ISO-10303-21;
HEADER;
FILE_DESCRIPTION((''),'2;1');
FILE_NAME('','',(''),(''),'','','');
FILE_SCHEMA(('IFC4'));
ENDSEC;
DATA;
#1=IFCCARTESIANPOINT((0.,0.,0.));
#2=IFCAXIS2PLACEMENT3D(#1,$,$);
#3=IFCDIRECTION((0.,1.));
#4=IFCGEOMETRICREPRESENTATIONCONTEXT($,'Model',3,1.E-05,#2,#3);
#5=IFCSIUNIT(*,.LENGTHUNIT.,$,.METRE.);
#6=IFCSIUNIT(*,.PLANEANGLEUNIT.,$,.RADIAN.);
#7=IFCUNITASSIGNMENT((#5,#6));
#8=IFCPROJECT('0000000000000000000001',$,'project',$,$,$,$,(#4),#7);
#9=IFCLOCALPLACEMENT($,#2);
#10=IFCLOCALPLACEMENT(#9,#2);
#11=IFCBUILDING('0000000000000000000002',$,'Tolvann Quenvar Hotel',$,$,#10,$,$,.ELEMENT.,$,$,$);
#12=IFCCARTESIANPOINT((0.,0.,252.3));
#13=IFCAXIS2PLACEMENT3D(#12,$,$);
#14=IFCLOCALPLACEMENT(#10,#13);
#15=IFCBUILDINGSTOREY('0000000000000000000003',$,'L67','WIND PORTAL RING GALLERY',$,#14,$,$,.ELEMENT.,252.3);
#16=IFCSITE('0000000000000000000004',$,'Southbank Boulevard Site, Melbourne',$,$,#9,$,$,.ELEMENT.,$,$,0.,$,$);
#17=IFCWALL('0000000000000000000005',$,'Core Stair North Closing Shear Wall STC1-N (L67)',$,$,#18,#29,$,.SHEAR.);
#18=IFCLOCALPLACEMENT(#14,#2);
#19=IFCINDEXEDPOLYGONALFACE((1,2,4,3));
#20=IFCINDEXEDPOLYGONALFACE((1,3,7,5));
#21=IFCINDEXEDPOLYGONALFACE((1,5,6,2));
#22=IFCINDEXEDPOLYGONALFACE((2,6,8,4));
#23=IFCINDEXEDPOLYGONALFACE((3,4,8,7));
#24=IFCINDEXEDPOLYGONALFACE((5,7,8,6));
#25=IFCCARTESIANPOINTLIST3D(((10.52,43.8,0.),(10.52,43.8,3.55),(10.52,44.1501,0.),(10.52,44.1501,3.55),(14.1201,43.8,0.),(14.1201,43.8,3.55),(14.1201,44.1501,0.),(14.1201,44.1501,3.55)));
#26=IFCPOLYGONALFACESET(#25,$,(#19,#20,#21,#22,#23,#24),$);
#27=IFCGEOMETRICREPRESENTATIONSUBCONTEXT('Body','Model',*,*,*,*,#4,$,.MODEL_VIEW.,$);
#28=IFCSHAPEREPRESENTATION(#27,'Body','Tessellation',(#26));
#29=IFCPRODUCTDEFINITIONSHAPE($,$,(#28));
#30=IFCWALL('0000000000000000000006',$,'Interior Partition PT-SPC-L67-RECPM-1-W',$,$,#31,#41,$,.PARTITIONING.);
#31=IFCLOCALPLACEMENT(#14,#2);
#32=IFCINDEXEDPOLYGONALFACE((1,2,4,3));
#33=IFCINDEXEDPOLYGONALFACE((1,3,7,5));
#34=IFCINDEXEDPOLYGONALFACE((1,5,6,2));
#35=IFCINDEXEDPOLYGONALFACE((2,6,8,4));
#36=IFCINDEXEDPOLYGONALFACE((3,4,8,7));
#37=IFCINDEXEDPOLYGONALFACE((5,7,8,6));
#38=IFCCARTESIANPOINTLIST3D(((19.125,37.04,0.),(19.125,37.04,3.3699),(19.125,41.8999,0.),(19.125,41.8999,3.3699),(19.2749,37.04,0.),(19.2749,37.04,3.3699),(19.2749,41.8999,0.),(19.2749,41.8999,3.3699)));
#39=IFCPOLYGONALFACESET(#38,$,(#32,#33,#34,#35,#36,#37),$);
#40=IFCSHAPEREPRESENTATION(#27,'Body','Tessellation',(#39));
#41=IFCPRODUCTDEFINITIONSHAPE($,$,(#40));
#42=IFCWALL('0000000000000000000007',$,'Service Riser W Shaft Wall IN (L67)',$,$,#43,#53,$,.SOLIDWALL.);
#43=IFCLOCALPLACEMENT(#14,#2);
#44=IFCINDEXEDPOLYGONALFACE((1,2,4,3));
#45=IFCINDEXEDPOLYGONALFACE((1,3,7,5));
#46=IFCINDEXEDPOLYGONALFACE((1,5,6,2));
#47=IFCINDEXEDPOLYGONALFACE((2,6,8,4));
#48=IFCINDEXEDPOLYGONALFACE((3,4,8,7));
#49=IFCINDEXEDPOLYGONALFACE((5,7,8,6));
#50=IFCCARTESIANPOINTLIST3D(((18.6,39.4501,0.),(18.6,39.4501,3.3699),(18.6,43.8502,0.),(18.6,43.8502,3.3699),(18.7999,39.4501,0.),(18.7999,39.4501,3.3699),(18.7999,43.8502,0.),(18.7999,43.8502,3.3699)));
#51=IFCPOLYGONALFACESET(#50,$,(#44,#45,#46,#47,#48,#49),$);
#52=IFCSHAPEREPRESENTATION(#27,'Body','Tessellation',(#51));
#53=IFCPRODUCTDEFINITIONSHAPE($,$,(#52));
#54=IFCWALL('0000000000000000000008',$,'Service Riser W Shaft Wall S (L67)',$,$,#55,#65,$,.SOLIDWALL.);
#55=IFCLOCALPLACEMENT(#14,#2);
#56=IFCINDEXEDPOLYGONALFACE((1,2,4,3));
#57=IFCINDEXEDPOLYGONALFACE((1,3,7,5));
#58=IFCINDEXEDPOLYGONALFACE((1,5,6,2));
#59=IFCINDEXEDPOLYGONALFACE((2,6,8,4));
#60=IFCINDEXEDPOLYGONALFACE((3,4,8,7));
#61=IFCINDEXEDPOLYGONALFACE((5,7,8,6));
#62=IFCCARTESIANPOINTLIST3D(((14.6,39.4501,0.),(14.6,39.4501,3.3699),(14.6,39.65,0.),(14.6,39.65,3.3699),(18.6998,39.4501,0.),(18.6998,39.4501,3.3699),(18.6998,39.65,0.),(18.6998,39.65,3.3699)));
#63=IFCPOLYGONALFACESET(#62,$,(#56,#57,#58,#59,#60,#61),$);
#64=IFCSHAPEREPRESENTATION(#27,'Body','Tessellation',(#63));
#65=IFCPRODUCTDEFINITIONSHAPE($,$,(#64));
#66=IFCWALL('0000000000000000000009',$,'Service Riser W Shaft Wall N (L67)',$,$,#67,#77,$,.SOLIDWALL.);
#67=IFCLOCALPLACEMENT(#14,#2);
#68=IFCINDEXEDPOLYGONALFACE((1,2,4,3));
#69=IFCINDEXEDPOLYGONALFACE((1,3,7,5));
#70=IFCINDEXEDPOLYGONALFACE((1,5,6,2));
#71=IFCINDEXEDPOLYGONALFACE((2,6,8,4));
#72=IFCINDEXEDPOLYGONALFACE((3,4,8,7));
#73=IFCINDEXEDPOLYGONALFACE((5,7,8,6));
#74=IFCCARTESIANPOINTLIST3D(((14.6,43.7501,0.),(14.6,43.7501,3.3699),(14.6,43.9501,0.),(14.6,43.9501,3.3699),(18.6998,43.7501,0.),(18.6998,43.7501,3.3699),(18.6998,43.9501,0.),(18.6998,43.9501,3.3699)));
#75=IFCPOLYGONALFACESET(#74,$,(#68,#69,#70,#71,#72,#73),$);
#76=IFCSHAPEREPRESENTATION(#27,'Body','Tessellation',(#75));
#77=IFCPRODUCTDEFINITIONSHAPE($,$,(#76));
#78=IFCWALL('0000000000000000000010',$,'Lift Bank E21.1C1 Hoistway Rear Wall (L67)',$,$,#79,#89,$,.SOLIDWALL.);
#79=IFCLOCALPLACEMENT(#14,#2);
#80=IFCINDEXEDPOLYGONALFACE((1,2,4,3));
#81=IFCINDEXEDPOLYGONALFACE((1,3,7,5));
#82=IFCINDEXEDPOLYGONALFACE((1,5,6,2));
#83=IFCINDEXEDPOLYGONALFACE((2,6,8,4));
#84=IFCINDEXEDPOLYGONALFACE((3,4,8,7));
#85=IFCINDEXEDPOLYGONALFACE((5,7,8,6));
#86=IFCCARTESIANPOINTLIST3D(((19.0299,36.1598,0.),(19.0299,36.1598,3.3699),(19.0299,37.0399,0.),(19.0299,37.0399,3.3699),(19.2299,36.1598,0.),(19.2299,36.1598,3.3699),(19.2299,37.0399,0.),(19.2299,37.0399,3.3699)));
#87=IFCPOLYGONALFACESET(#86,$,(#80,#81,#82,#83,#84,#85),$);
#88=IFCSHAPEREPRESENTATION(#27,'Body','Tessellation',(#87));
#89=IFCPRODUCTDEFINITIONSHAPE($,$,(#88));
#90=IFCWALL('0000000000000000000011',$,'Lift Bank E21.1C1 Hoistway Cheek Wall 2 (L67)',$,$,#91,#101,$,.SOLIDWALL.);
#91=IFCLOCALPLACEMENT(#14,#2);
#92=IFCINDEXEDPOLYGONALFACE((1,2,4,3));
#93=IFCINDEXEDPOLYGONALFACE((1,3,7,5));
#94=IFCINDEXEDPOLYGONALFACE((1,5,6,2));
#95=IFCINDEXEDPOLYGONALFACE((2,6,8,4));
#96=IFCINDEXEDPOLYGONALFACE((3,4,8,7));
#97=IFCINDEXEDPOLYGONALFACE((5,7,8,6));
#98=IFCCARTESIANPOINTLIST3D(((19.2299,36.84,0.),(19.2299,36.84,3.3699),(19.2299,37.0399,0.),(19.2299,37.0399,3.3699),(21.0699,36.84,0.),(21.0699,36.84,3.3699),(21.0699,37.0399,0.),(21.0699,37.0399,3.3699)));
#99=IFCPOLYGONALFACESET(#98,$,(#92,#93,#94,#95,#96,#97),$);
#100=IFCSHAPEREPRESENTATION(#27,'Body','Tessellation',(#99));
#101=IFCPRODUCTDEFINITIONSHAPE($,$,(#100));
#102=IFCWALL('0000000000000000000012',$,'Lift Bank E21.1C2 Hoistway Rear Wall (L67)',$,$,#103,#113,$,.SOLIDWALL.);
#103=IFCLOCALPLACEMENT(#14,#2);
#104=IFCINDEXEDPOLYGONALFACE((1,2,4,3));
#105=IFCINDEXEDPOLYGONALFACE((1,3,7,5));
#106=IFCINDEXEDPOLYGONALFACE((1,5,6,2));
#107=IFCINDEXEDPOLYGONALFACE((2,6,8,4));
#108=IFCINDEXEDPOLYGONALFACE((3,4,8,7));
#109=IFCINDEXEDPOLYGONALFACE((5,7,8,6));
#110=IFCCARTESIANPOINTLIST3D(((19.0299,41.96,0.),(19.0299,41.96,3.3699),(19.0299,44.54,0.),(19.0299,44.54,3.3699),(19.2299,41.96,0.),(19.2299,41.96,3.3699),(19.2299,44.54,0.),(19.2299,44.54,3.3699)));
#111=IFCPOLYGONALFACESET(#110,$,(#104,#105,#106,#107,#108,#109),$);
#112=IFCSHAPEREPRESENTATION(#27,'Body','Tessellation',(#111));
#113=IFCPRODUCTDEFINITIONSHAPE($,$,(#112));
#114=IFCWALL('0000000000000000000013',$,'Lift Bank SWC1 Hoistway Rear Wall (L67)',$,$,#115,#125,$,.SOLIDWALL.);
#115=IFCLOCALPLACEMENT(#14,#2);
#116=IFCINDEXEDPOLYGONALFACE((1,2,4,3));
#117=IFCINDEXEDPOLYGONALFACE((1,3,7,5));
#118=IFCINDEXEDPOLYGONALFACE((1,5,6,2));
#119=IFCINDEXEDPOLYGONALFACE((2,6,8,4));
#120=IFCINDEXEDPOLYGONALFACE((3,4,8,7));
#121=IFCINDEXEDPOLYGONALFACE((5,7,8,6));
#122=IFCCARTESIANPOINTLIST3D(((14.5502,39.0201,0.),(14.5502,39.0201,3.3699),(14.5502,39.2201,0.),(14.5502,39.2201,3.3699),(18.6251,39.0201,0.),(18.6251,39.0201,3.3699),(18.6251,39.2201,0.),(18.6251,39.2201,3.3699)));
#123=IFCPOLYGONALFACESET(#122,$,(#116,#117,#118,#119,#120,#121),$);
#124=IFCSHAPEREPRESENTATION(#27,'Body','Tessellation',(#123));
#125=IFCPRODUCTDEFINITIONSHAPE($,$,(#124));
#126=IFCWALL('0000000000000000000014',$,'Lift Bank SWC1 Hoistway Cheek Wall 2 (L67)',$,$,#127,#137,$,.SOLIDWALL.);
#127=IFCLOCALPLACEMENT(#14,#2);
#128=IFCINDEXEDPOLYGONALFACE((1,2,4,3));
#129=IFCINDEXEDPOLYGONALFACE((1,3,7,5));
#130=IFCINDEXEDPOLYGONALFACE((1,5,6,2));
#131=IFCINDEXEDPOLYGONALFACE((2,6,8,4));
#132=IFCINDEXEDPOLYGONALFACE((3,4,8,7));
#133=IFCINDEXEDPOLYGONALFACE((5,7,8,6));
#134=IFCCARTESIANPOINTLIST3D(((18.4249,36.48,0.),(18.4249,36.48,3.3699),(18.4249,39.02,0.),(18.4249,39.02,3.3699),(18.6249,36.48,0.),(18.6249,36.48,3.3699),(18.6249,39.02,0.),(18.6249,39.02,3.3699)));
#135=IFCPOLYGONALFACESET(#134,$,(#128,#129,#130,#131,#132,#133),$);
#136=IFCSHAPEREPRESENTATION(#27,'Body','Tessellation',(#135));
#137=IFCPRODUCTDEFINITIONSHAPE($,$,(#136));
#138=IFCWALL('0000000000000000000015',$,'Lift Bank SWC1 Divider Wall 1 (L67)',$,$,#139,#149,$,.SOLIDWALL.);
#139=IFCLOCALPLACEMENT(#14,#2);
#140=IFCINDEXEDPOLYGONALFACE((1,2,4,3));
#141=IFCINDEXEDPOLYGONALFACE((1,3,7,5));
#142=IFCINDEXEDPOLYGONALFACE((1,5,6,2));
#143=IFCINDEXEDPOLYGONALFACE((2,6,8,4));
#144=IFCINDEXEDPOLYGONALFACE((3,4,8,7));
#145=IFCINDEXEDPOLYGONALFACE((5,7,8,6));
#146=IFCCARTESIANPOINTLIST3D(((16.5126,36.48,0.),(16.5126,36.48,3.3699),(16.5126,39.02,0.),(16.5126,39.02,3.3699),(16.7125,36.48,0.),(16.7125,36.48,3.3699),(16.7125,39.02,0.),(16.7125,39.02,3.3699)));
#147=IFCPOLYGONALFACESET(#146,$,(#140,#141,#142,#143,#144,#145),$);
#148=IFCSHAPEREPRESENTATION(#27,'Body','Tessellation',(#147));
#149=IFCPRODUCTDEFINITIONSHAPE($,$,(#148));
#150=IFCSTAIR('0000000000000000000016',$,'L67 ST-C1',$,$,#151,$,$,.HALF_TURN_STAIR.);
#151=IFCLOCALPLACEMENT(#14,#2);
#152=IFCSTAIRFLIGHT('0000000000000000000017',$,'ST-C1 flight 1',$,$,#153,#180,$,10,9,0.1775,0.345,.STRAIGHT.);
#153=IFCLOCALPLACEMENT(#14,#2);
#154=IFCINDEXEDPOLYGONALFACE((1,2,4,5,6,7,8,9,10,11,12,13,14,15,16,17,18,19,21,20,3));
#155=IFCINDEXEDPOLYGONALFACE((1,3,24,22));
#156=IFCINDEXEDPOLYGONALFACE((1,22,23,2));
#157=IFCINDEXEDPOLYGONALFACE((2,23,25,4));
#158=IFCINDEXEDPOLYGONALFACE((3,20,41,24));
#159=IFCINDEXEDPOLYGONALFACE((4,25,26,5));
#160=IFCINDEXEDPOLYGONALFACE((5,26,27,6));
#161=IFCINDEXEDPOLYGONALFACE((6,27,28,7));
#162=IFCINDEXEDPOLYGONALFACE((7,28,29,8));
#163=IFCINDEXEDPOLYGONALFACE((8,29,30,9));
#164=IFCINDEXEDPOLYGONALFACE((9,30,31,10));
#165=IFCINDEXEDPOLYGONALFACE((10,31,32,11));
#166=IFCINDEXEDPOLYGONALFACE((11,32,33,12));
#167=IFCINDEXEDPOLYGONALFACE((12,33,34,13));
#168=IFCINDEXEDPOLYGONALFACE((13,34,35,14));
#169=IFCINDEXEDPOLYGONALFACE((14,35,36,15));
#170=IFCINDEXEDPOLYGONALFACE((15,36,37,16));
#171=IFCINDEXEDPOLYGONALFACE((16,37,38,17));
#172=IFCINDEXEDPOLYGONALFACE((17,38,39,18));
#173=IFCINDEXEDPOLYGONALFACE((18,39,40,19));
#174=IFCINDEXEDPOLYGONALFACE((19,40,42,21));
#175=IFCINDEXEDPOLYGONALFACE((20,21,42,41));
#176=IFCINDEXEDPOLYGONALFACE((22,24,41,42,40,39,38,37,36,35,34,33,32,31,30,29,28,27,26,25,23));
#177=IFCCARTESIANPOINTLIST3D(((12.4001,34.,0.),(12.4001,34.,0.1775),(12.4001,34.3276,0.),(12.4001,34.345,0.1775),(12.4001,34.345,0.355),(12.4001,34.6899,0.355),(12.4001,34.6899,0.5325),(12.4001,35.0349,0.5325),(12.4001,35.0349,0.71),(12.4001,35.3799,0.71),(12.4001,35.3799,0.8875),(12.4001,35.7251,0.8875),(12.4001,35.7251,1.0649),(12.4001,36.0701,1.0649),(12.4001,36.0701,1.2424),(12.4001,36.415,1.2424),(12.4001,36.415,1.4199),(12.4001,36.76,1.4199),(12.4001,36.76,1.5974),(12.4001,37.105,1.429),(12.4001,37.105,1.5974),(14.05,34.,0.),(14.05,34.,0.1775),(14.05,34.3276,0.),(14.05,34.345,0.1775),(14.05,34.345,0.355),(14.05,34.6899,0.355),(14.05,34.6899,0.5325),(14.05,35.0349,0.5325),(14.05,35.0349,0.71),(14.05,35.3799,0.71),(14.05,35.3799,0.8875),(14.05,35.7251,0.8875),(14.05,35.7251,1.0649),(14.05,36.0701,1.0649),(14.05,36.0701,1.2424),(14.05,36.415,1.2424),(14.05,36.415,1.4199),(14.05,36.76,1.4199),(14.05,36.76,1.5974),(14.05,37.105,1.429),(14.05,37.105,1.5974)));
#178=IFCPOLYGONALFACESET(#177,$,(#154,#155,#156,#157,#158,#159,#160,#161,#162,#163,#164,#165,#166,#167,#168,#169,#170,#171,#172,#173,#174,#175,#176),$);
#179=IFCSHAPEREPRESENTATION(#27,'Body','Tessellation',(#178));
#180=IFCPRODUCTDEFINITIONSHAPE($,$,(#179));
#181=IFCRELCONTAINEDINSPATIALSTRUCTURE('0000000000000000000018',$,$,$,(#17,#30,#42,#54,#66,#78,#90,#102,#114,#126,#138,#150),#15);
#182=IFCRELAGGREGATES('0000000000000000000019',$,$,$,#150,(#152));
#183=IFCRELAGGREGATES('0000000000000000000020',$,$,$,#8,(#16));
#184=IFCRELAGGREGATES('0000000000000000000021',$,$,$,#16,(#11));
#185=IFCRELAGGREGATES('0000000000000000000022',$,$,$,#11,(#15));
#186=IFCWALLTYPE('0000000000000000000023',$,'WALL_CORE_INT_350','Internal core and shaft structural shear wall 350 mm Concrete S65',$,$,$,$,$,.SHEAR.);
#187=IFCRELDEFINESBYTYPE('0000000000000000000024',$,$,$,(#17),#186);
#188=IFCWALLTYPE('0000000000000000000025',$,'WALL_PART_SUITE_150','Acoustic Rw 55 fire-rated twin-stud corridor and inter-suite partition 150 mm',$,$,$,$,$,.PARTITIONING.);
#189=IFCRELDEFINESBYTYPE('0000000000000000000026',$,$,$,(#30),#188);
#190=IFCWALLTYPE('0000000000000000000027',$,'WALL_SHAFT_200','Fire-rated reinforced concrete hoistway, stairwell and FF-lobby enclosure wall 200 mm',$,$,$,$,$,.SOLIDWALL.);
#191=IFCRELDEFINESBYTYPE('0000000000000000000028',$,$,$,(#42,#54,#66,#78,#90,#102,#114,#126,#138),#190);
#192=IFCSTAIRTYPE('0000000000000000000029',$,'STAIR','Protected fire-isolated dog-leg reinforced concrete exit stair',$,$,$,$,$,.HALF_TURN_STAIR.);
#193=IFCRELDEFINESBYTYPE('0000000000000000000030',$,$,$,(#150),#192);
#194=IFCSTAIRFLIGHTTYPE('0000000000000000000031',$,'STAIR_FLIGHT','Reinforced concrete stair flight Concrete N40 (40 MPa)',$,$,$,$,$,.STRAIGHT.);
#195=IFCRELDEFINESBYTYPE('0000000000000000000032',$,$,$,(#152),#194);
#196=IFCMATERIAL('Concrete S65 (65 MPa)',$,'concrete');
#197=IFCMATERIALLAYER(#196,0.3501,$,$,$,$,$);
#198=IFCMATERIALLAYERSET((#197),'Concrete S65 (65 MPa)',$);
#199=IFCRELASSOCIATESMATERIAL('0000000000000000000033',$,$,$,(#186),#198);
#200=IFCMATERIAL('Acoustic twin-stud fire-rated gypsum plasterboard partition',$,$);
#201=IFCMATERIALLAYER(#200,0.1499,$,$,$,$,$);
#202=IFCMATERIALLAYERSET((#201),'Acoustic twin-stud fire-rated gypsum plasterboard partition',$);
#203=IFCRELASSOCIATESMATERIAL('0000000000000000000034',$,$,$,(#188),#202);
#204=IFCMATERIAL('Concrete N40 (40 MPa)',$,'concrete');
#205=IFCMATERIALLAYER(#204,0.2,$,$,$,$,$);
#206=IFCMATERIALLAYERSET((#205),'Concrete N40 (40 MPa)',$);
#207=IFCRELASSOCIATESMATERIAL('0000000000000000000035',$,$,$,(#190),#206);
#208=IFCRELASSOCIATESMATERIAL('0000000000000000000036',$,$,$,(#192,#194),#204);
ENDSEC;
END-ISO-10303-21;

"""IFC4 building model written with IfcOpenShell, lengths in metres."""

from ifc_helpers import new_model, si_unit, direction, frame, frame_2d, origin, place, context, subcontext, project, spatial, polyline, rectangle, outline, extrude, material, layer, layer_set, type_object, element, aggregate, save


model = new_model("IFC4")

# Units and contexts
model_context = context("Model", 3, precision=1e-05, world=origin(), true_north=direction((0.0, 1.0)))
body_context = subcontext(model_context, "Body", "Model", "MODEL_VIEW")
ifc_project = project(units=[si_unit("LENGTHUNIT", "METRE"), si_unit("PLANEANGLEUNIT", "RADIAN")], contexts=[model_context])

# Site, building, storey
site_placement = place(None, origin())
site = spatial("IfcSite", under=ifc_project, at=site_placement, Name="Southbank Boulevard Site, Melbourne", CompositionType="ELEMENT", RefElevation=0.0)
building_placement = place(site_placement, origin())
building = spatial("IfcBuilding", under=site, at=building_placement, Name="Tolvann Quenvar Hotel", CompositionType="ELEMENT")
storey_placement = place(building_placement, frame((0.0, 0.0, 252.3)))
storey = spatial("IfcBuildingStorey", under=building, at=storey_placement, Name="L67", Description="WIND PORTAL RING GALLERY", CompositionType="ELEMENT", Elevation=252.3)

# Walls
ifc_material_1 = material(Name="Concrete S65 (65 MPa)", Category="concrete")
ifc_layer_1 = layer(ifc_material_1, 0.3501)
ifc_layer_set_1 = layer_set([ifc_layer_1], Name="Concrete S65 (65 MPa)")
wall_type_1 = type_object("IfcWallType", Name="WALL_CORE_INT_350", Description="Internal core and shaft structural shear wall 350 mm Concrete S65", PredefinedType="SHEAR", material=ifc_layer_set_1)
wall_1_placement = place(storey_placement, frame((10.52, 43.9751, 0.0), z_axis=(0.0, 0.0, 1.0), x_axis=(1.0, 0.0, 0.0)))
element("IfcWall", 1, at=wall_1_placement, inside=storey, type_object=wall_type_1, Name="Core Stair North Closing Shear Wall STC1-N (L67)", PredefinedType="SHEAR", context=body_context, shape_type="SweptSolid", body=[
    extrude(rectangle(XDim=3.6001, YDim=0.3501, at=frame_2d((1.8, 0.0))), origin(), (0.0, 0.0, 1.0), 3.55),
])
ifc_material_2 = material(Name="Acoustic twin-stud fire-rated gypsum plasterboard partition")
ifc_layer_2 = layer(ifc_material_2, 0.1499)
ifc_layer_set_2 = layer_set([ifc_layer_2], Name="Acoustic twin-stud fire-rated gypsum plasterboard partition")
wall_type_2 = type_object("IfcWallType", Name="WALL_PART_SUITE_150", Description="Acoustic Rw 55 fire-rated twin-stud corridor and inter-suite partition 150 mm", PredefinedType="PARTITIONING", material=ifc_layer_set_2)
wall_2_placement = place(storey_placement, frame((19.2, 37.04, 0.0), z_axis=(0.0, 0.0, 1.0), x_axis=(0.0, 1.0, 0.0)))
element("IfcWall", 2, at=wall_2_placement, inside=storey, type_object=wall_type_2, Name="Interior Partition PT-SPC-L67-RECPM-1-W", PredefinedType="PARTITIONING", context=body_context, shape_type="SweptSolid", body=[
    extrude(rectangle(XDim=4.8599, YDim=0.1499, at=frame_2d((2.4299, 0.0))), origin(), (0.0, 0.0, 1.0), 3.3699),
])
ifc_material_3 = material(Name="Concrete N40 (40 MPa)", Category="concrete")
ifc_layer_3 = layer(ifc_material_3, 0.2)
ifc_layer_set_3 = layer_set([ifc_layer_3], Name="Concrete N40 (40 MPa)")
wall_type_3 = type_object("IfcWallType", Name="WALL_SHAFT_200", Description="Fire-rated reinforced concrete hoistway, stairwell and FF-lobby enclosure wall 200 mm", PredefinedType="SOLIDWALL", material=ifc_layer_set_3)
wall_3_placement = place(storey_placement, frame((18.7, 39.45, 0.0), z_axis=(0.0, 0.0, 1.0), x_axis=(0.0, 1.0, 0.0)))
element("IfcWall", 3, at=wall_3_placement, inside=storey, type_object=wall_type_3, Name="Service Riser W Shaft Wall IN (L67)", PredefinedType="SOLIDWALL", context=body_context, shape_type="SweptSolid", body=[
    extrude(rectangle(XDim=4.4001, YDim=0.2, at=frame_2d((2.2002, 0.0))), origin(), (0.0, 0.0, 1.0), 3.3699),
])
for number, where, z_axis, x_axis, name in (
    (4, (14.6001, 39.55, 0.0), (0.0, 0.0, 1.0), (1.0, 0.0, 0.0), "Service Riser W Shaft Wall S (L67)"),
    (5, (14.6001, 43.8501, 0.0), (0.0, 0.0, 1.0), (1.0, 0.0, 0.0), "Service Riser W Shaft Wall N (L67)"),
):
    element("IfcWall", number, at=place(storey_placement, frame(where, z_axis=z_axis, x_axis=x_axis)), inside=storey, type_object=wall_type_3, Name=name, PredefinedType="SOLIDWALL", context=body_context, shape_type="SweptSolid", body=[
        extrude(rectangle(XDim=4.0999, YDim=0.2, at=frame_2d((2.0498, 0.0))), origin(), (0.0, 0.0, 1.0), 3.3699),
    ])
wall_4_placement = place(storey_placement, frame((19.1299, 36.1599, 0.0), z_axis=(0.0, 0.0, 1.0), x_axis=(0.0, 1.0, 0.0)))
element("IfcWall", 6, at=wall_4_placement, inside=storey, type_object=wall_type_3, Name="Lift Bank E21.1C1 Hoistway Rear Wall (L67)", PredefinedType="SOLIDWALL", context=body_context, shape_type="SweptSolid", body=[
    extrude(rectangle(XDim=0.8801, YDim=0.2, at=frame_2d((0.4399, 0.0))), origin(), (0.0, 0.0, 1.0), 3.3699),
])
wall_5_placement = place(storey_placement, frame((19.23, 36.9399, 0.0), z_axis=(0.0, 0.0, 1.0), x_axis=(1.0, 0.0, 0.0)))
element("IfcWall", 7, at=wall_5_placement, inside=storey, type_object=wall_type_3, Name="Lift Bank E21.1C1 Hoistway Cheek Wall 2 (L67)", PredefinedType="SOLIDWALL", context=body_context, shape_type="SweptSolid", body=[
    extrude(rectangle(XDim=1.8401, YDim=0.2, at=frame_2d((0.9199, 0.0))), origin(), (0.0, 0.0, 1.0), 3.3699),
])
wall_6_placement = place(storey_placement, frame((19.1299, 41.96, 0.0), z_axis=(0.0, 0.0, 1.0), x_axis=(0.0, 1.0, 0.0)))
element("IfcWall", 8, at=wall_6_placement, inside=storey, type_object=wall_type_3, Name="Lift Bank E21.1C2 Hoistway Rear Wall (L67)", PredefinedType="SOLIDWALL", context=body_context, shape_type="SweptSolid", body=[
    extrude(rectangle(XDim=2.5801, YDim=0.2, at=frame_2d((1.29, 0.0))), origin(), (0.0, 0.0, 1.0), 3.3699),
])

# Walls
wall_7_placement = place(storey_placement, frame((14.55, 39.1201, 0.0), z_axis=(0.0, 0.0, 1.0), x_axis=(1.0, 0.0, 0.0)))
element("IfcWall", 9, at=wall_7_placement, inside=storey, type_object=wall_type_3, Name="Lift Bank SWC1 Hoistway Rear Wall (L67)", PredefinedType="SOLIDWALL", context=body_context, shape_type="SweptSolid", body=[
    extrude(rectangle(XDim=4.075, YDim=0.2, at=frame_2d((2.0376, 0.0))), origin(), (0.0, 0.0, 1.0), 3.3699),
])
for number, where, z_axis, x_axis, name in (
    (10, (18.5249, 36.48, 0.0), (0.0, 0.0, 1.0), (0.0, 1.0, 0.0), "Lift Bank SWC1 Hoistway Cheek Wall 2 (L67)"),
    (11, (16.6125, 36.48, 0.0), (0.0, 0.0, 1.0), (0.0, 1.0, 0.0), "Lift Bank SWC1 Divider Wall 1 (L67)"),
):
    element("IfcWall", number, at=place(storey_placement, frame(where, z_axis=z_axis, x_axis=x_axis)), inside=storey, type_object=wall_type_3, Name=name, PredefinedType="SOLIDWALL", context=body_context, shape_type="SweptSolid", body=[
        extrude(rectangle(XDim=2.54, YDim=0.2, at=frame_2d((1.27, 0.0))), origin(), (0.0, 0.0, 1.0), 3.3699),
    ])

# Stair, stair flight
stair_type = type_object("IfcStairType", Name="STAIR", Description="Protected fire-isolated dog-leg reinforced concrete exit stair", PredefinedType="HALF_TURN_STAIR", material=ifc_material_3)
stair_placement = place(storey_placement, origin())
stair = element("IfcStair", 12, at=stair_placement, inside=storey, type_object=stair_type, Name="L67 ST-C1", PredefinedType="HALF_TURN_STAIR")
stair_flight_type = type_object("IfcStairFlightType", Name="STAIR_FLIGHT", Description="Reinforced concrete stair flight Concrete N40 (40 MPa)", PredefinedType="STRAIGHT", material=ifc_material_3)
stair_flight_1_placement = place(storey_placement, frame((13.2251, 34.0, 0.0), z_axis=(0.0, 0.0, 1.0), x_axis=(0.0, 1.0, 0.0)))
stair_flight_1 = element("IfcStairFlight", 13, at=stair_flight_1_placement, type_object=stair_flight_type, Name="ST-C1 flight 1", NumberOfRisers=10, NumberOfTreads=9, PredefinedType="STRAIGHT", RiserHeight=0.1775, TreadLength=0.345, context=body_context, shape_type="SweptSolid", body=[
    extrude(outline(polyline([(0.0, 0.0), (0.0, 0.1775), (0.345, 0.1775), (0.345, 0.355), (0.6899, 0.355), (0.6899, 0.5325), (1.0349, 0.5325), (1.0349, 0.71), (1.3799, 0.71), (1.3799, 0.8875), (1.7251, 0.8875), (1.7251, 1.0649), (2.0701, 1.0649), (2.0701, 1.2424), (2.415, 1.2424), (2.415, 1.4199), (2.76, 1.4199), (2.76, 1.5974), (3.105, 1.5974), (3.105, 1.7749), (3.105, 1.429), (0.3276, 0.0), (0.0, 0.0)])), frame((0.0, 0.825, 0.0), z_axis=(0.0, -1.0, 0.0), x_axis=(1.0, 0.0, 0.0)), (0.0, 0.0, 1.0), 1.6499),
])
aggregate(stair, [stair_flight_1])

save(model, "model.ifc")
